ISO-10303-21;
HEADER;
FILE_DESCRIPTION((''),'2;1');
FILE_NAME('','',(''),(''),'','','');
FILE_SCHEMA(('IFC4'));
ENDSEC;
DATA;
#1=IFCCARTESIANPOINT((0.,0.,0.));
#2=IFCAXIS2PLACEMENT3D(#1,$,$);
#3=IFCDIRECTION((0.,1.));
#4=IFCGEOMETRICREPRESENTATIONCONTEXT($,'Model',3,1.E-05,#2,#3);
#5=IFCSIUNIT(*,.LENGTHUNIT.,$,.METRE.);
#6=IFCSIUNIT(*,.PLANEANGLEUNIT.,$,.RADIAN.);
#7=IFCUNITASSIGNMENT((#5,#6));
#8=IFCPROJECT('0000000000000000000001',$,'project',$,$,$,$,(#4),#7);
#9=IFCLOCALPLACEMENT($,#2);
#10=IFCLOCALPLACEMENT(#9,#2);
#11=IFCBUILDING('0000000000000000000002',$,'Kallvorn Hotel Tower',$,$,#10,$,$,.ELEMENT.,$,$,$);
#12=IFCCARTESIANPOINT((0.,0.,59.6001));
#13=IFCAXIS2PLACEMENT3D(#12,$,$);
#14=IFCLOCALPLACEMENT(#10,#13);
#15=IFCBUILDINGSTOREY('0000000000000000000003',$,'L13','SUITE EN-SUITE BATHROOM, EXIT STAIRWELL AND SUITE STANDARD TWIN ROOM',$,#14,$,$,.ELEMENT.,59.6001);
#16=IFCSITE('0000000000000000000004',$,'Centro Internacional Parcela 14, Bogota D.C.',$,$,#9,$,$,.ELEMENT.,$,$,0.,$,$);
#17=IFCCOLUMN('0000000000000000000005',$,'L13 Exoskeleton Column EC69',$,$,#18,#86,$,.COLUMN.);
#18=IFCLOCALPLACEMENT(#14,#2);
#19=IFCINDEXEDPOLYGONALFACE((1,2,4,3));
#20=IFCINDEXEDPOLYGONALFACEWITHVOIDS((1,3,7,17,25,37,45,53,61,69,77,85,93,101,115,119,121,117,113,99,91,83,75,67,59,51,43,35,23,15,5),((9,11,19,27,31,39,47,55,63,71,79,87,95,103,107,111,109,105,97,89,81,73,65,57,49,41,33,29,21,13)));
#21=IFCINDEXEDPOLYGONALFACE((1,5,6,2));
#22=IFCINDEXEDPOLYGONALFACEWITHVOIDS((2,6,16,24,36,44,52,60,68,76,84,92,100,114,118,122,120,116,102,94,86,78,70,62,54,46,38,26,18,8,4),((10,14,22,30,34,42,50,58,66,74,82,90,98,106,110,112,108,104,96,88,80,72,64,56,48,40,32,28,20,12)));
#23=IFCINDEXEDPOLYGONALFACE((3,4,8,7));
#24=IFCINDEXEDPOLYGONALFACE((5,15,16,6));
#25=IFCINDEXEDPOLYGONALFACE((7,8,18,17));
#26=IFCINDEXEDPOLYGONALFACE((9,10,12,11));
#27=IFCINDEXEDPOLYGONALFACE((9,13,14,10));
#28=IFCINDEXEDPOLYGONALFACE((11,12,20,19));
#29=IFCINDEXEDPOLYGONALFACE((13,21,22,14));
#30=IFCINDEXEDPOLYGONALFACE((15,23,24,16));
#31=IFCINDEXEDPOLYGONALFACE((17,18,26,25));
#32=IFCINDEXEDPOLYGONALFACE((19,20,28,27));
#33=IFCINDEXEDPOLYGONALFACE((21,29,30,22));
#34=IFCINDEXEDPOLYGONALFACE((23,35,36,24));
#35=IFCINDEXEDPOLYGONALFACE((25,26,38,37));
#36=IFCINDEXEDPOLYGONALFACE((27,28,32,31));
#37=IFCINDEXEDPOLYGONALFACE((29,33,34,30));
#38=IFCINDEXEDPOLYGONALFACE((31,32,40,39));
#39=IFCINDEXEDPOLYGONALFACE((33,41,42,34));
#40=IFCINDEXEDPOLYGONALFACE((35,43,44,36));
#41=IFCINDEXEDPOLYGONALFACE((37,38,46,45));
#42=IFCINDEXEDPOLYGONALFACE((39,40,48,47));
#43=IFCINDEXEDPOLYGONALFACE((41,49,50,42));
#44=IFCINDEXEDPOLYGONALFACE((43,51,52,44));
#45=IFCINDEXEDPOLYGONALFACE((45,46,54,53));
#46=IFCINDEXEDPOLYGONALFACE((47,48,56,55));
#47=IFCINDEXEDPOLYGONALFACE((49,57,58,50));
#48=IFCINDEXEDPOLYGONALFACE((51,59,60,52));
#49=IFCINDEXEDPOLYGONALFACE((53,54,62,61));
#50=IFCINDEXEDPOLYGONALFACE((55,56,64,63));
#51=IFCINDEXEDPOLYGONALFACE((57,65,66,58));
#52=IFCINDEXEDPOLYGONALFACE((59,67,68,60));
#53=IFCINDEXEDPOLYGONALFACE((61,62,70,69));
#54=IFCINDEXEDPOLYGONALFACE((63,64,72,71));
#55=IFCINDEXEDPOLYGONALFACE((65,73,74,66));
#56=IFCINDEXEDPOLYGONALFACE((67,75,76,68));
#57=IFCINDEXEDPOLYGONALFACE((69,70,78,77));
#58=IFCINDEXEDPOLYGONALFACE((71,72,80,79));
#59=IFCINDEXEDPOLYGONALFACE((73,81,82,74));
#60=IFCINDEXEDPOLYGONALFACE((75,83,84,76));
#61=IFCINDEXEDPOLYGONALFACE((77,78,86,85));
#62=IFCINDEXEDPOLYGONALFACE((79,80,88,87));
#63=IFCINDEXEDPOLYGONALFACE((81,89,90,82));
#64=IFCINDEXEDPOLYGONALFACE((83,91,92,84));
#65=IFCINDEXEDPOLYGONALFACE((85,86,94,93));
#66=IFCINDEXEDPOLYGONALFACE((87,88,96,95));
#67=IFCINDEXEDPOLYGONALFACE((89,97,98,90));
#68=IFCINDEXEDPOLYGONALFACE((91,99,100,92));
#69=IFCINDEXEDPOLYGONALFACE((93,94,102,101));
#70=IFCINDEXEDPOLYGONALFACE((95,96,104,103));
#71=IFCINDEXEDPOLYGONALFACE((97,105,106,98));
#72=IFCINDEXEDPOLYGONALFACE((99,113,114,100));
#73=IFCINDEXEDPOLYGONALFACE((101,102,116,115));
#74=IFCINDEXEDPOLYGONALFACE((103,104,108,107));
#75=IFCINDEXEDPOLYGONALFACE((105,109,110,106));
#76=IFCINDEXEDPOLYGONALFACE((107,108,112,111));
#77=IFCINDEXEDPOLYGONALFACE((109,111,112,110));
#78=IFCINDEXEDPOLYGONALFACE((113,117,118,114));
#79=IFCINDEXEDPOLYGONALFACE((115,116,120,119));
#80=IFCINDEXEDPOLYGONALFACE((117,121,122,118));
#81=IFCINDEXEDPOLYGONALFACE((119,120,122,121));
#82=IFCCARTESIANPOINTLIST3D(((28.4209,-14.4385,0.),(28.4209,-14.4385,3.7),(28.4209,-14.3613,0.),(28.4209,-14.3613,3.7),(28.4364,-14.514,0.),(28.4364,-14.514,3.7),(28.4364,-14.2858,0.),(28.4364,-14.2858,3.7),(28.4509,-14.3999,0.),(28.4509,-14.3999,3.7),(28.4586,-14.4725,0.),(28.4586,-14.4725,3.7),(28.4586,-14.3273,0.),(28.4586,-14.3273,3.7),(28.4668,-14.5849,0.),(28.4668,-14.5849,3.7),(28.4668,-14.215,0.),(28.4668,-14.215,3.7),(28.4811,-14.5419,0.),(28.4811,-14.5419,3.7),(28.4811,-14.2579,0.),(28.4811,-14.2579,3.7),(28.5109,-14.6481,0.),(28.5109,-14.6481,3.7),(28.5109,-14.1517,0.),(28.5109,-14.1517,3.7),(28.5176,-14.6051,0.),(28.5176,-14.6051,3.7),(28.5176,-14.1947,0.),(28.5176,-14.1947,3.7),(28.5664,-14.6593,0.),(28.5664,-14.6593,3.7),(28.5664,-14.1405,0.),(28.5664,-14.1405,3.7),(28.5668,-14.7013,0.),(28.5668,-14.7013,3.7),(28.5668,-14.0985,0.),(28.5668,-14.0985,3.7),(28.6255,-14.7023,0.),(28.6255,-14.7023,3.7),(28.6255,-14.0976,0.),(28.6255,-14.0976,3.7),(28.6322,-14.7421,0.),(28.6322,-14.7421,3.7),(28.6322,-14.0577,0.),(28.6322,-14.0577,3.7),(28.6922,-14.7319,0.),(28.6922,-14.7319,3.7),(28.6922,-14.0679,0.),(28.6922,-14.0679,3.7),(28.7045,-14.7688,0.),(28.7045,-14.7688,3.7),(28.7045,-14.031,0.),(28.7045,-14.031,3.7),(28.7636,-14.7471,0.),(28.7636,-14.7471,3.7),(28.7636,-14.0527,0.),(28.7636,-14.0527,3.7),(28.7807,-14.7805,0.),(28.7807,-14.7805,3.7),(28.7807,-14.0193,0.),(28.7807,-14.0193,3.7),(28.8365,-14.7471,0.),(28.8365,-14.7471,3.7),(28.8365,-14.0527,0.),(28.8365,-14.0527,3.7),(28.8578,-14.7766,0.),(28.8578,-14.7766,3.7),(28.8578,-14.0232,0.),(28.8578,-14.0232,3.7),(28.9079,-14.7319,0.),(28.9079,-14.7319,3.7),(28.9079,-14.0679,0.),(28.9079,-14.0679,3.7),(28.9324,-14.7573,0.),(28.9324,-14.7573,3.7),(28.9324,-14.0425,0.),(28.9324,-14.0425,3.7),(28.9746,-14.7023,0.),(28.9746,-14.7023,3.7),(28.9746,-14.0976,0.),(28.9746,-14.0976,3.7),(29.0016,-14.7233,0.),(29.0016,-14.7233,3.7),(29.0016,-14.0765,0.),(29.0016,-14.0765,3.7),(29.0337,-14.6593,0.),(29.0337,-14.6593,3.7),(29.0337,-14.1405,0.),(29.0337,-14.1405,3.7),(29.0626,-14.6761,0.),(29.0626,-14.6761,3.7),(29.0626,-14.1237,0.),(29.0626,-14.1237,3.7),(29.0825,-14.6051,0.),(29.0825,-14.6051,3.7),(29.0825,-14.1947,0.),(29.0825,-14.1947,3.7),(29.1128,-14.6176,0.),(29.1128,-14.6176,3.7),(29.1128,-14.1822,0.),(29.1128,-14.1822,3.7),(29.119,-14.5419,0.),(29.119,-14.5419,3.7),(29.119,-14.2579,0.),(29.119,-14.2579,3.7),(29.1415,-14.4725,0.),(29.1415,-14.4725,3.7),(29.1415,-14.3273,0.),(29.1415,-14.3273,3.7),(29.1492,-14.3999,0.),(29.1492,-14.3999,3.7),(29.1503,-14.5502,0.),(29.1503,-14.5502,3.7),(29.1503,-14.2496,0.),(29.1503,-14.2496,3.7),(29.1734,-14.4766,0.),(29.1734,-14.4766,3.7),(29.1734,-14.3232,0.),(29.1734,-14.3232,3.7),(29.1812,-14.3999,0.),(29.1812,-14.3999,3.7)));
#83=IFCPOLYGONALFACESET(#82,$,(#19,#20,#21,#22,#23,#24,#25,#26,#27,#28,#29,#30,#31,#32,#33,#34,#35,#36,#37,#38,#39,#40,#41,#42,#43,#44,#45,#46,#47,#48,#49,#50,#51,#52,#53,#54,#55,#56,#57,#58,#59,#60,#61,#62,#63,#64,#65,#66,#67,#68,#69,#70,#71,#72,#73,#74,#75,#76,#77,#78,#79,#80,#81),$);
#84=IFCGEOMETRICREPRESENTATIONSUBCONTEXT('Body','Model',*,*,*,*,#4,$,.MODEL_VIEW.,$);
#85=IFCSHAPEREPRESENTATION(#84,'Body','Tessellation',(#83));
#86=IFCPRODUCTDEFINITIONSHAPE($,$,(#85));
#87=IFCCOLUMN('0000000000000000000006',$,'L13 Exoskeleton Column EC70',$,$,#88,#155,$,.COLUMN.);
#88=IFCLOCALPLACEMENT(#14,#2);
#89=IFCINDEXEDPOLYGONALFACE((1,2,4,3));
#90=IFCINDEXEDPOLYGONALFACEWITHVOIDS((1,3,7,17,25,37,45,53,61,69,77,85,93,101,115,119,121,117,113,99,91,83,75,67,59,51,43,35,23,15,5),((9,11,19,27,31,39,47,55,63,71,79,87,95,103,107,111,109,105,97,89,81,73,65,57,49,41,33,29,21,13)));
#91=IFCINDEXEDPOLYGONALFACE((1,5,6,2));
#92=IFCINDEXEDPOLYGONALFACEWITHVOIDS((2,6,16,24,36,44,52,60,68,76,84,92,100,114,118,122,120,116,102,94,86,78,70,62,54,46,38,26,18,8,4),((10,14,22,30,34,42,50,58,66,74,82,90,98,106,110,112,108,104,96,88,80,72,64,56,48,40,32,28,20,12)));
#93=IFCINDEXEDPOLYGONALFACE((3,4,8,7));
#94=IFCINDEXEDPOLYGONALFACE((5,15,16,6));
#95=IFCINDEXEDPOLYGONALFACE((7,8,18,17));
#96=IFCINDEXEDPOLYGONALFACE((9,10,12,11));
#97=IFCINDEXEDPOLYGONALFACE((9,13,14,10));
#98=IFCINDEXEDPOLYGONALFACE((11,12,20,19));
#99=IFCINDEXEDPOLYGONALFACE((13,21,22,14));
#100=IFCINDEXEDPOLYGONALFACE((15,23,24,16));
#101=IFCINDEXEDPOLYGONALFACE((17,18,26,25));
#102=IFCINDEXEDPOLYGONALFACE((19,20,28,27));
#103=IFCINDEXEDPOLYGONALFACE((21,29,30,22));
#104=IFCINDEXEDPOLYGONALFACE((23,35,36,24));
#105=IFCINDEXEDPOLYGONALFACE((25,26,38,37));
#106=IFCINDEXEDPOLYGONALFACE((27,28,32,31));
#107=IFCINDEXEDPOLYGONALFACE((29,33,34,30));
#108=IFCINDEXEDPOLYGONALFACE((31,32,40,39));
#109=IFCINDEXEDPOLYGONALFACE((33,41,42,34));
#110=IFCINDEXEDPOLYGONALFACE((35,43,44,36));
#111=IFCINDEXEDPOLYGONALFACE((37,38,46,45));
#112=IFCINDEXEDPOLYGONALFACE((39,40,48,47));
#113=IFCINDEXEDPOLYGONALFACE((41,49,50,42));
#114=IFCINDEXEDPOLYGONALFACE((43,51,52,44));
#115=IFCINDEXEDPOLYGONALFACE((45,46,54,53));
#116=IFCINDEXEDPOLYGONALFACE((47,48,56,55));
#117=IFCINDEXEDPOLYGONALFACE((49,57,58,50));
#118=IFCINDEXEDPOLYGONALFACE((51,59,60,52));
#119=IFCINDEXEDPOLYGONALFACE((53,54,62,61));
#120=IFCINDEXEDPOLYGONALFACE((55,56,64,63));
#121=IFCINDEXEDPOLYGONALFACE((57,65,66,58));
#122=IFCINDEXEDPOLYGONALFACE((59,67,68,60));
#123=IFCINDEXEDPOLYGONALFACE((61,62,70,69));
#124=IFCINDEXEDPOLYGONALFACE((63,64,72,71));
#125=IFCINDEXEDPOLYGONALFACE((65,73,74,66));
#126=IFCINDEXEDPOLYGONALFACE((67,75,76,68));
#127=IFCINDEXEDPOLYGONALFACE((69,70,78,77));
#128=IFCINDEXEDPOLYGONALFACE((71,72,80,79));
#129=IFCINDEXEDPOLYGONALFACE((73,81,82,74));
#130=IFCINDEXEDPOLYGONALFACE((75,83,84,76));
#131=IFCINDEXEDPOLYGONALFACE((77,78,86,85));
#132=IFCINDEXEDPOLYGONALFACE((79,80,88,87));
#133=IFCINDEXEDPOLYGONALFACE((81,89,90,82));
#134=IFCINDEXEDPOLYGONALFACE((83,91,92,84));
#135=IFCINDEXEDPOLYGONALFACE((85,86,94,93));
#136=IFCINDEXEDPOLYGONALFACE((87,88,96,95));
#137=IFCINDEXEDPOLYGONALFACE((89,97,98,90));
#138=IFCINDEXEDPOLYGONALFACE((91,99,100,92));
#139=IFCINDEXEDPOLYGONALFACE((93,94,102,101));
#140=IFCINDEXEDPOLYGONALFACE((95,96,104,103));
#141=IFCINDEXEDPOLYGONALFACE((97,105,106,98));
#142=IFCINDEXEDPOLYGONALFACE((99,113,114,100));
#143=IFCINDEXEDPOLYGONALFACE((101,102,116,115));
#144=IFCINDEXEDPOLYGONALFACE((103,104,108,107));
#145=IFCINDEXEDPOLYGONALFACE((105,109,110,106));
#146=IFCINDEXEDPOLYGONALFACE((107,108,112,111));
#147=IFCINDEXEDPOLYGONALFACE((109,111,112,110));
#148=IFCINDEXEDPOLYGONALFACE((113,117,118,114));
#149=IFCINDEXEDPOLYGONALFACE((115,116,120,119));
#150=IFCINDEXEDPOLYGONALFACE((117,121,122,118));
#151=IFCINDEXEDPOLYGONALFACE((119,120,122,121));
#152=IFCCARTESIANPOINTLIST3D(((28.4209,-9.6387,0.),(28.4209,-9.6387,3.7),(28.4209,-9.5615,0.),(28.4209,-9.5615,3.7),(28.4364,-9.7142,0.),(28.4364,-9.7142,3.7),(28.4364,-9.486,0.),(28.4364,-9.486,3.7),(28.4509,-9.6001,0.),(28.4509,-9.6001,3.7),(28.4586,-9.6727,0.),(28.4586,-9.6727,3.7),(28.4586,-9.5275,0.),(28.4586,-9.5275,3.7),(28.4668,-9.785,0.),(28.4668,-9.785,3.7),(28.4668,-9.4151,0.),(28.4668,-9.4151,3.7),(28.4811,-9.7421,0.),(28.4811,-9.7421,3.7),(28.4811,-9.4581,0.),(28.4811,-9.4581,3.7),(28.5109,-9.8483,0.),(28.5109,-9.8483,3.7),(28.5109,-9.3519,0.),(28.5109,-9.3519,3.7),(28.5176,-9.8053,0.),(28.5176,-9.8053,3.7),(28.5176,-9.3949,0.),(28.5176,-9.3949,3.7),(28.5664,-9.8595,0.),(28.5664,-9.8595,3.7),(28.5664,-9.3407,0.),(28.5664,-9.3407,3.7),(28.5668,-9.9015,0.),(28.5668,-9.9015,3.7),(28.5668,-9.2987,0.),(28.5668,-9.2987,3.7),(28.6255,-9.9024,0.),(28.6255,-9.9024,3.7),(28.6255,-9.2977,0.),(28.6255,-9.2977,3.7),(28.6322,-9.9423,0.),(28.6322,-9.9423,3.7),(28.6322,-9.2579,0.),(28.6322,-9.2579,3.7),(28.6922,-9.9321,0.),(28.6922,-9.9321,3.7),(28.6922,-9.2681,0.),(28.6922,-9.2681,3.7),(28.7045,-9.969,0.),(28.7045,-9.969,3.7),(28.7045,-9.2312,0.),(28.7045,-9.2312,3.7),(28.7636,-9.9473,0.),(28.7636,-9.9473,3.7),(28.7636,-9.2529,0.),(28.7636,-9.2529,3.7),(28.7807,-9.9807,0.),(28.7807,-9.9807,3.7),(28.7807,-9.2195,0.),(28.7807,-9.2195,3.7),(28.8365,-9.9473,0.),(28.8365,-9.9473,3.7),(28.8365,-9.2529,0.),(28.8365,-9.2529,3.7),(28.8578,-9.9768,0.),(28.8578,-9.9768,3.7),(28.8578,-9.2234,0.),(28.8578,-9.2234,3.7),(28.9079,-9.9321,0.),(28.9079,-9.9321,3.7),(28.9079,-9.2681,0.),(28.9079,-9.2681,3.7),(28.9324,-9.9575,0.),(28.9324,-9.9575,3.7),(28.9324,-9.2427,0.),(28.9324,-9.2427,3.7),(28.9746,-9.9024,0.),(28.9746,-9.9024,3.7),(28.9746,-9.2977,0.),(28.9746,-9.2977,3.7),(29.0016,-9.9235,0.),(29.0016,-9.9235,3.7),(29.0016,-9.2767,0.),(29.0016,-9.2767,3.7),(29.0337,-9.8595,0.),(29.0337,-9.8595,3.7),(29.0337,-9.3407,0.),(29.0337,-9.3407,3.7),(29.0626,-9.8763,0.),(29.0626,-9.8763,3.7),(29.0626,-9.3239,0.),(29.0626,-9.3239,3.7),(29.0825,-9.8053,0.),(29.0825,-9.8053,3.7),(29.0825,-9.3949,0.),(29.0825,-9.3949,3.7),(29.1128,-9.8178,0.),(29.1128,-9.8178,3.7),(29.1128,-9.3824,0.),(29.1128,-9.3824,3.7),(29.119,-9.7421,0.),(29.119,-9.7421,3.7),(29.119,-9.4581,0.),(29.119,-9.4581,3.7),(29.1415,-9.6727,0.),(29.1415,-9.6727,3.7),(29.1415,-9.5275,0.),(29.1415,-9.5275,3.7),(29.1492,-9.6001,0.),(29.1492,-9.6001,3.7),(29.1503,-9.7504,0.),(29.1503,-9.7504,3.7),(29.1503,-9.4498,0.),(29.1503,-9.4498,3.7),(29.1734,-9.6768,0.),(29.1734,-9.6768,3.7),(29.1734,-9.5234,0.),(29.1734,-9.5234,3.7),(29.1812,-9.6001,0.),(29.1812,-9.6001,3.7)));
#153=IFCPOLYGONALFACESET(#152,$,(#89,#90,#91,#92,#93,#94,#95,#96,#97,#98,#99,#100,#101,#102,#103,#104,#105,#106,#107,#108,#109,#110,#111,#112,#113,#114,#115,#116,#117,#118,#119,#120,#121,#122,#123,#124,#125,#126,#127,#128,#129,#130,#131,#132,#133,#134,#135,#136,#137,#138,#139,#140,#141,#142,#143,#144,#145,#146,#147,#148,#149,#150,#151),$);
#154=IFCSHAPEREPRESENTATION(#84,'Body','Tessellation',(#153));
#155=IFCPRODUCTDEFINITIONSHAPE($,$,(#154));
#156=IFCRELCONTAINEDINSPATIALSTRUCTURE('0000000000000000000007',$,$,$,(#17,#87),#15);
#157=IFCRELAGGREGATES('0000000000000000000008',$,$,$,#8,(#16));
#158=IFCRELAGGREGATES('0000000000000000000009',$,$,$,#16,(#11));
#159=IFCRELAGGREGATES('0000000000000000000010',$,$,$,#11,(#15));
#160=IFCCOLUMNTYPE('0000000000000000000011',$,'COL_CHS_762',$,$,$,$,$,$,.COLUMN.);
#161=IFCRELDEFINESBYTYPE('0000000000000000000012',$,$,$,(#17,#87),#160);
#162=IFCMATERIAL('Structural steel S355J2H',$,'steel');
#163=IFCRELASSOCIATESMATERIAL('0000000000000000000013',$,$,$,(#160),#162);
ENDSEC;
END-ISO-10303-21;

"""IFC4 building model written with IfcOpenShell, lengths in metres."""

from ifc_helpers import new_model, si_unit, direction, frame, origin, origin_2d, place, context, subcontext, project, spatial, hollow_circle, extrude, material, material_profile, profile_set, type_object, element, save


model = new_model("IFC4")

# Units and contexts
model_context = context("Model", 3, precision=1e-05, world=origin(), true_north=direction((0.0, 1.0)))
body_context = subcontext(model_context, "Body", "Model", "MODEL_VIEW")
ifc_project = project(units=[si_unit("LENGTHUNIT", "METRE"), si_unit("PLANEANGLEUNIT", "RADIAN")], contexts=[model_context])

# Site, building, storey
site_placement = place(None, origin())
site = spatial("IfcSite", under=ifc_project, at=site_placement, Name="Centro Internacional Parcela 14, Bogota D.C.", CompositionType="ELEMENT", RefElevation=0.0)
building_placement = place(site_placement, origin())
building = spatial("IfcBuilding", under=site, at=building_placement, Name="Kallvorn Hotel Tower", CompositionType="ELEMENT")
storey_placement = place(building_placement, frame((0.0, 0.0, 59.6001)))
storey = spatial("IfcBuildingStorey", under=building, at=storey_placement, Name="L13", Description="SUITE EN-SUITE BATHROOM, EXIT STAIRWELL AND SUITE STANDARD TWIN ROOM", CompositionType="ELEMENT", Elevation=59.6001)

# Columns
ifc_material_1 = material(Name="Structural steel S355J2H", Category="steel")
ifc_material_profile_1 = material_profile(ifc_material_1, hollow_circle(Radius=0.3811, WallThickness=0.032, at=origin_2d()), Name="CHS 762x32")
ifc_profile_set_1 = profile_set([ifc_material_profile_1], Name="Structural steel S355J2H")
column_type_1 = type_object("IfcColumnType", Name="COL_CHS_762", PredefinedType="COLUMN", material=ifc_profile_set_1)
for number, where, z_axis, x_axis, name in (
    (1, (28.8, -14.3999, 0.0), (0.0, 0.0, 1.0), (1.0, 0.0, 0.0), "L13 Exoskeleton Column EC69"),
    (2, (28.8, -9.6001, 0.0), (0.0, 0.0, 1.0), (1.0, 0.0, 0.0), "L13 Exoskeleton Column EC70"),
):
    element("IfcColumn", number, at=place(storey_placement, frame(where, z_axis=z_axis, x_axis=x_axis)), inside=storey, type_object=column_type_1, Name=name, PredefinedType="COLUMN", context=body_context, shape_type="SweptSolid", body=[
        extrude(hollow_circle(Radius=0.3811, WallThickness=0.032, at=origin_2d()), origin(), (0.0, 0.0, 1.0), 3.7),
    ])

save(model, "model.ifc")
